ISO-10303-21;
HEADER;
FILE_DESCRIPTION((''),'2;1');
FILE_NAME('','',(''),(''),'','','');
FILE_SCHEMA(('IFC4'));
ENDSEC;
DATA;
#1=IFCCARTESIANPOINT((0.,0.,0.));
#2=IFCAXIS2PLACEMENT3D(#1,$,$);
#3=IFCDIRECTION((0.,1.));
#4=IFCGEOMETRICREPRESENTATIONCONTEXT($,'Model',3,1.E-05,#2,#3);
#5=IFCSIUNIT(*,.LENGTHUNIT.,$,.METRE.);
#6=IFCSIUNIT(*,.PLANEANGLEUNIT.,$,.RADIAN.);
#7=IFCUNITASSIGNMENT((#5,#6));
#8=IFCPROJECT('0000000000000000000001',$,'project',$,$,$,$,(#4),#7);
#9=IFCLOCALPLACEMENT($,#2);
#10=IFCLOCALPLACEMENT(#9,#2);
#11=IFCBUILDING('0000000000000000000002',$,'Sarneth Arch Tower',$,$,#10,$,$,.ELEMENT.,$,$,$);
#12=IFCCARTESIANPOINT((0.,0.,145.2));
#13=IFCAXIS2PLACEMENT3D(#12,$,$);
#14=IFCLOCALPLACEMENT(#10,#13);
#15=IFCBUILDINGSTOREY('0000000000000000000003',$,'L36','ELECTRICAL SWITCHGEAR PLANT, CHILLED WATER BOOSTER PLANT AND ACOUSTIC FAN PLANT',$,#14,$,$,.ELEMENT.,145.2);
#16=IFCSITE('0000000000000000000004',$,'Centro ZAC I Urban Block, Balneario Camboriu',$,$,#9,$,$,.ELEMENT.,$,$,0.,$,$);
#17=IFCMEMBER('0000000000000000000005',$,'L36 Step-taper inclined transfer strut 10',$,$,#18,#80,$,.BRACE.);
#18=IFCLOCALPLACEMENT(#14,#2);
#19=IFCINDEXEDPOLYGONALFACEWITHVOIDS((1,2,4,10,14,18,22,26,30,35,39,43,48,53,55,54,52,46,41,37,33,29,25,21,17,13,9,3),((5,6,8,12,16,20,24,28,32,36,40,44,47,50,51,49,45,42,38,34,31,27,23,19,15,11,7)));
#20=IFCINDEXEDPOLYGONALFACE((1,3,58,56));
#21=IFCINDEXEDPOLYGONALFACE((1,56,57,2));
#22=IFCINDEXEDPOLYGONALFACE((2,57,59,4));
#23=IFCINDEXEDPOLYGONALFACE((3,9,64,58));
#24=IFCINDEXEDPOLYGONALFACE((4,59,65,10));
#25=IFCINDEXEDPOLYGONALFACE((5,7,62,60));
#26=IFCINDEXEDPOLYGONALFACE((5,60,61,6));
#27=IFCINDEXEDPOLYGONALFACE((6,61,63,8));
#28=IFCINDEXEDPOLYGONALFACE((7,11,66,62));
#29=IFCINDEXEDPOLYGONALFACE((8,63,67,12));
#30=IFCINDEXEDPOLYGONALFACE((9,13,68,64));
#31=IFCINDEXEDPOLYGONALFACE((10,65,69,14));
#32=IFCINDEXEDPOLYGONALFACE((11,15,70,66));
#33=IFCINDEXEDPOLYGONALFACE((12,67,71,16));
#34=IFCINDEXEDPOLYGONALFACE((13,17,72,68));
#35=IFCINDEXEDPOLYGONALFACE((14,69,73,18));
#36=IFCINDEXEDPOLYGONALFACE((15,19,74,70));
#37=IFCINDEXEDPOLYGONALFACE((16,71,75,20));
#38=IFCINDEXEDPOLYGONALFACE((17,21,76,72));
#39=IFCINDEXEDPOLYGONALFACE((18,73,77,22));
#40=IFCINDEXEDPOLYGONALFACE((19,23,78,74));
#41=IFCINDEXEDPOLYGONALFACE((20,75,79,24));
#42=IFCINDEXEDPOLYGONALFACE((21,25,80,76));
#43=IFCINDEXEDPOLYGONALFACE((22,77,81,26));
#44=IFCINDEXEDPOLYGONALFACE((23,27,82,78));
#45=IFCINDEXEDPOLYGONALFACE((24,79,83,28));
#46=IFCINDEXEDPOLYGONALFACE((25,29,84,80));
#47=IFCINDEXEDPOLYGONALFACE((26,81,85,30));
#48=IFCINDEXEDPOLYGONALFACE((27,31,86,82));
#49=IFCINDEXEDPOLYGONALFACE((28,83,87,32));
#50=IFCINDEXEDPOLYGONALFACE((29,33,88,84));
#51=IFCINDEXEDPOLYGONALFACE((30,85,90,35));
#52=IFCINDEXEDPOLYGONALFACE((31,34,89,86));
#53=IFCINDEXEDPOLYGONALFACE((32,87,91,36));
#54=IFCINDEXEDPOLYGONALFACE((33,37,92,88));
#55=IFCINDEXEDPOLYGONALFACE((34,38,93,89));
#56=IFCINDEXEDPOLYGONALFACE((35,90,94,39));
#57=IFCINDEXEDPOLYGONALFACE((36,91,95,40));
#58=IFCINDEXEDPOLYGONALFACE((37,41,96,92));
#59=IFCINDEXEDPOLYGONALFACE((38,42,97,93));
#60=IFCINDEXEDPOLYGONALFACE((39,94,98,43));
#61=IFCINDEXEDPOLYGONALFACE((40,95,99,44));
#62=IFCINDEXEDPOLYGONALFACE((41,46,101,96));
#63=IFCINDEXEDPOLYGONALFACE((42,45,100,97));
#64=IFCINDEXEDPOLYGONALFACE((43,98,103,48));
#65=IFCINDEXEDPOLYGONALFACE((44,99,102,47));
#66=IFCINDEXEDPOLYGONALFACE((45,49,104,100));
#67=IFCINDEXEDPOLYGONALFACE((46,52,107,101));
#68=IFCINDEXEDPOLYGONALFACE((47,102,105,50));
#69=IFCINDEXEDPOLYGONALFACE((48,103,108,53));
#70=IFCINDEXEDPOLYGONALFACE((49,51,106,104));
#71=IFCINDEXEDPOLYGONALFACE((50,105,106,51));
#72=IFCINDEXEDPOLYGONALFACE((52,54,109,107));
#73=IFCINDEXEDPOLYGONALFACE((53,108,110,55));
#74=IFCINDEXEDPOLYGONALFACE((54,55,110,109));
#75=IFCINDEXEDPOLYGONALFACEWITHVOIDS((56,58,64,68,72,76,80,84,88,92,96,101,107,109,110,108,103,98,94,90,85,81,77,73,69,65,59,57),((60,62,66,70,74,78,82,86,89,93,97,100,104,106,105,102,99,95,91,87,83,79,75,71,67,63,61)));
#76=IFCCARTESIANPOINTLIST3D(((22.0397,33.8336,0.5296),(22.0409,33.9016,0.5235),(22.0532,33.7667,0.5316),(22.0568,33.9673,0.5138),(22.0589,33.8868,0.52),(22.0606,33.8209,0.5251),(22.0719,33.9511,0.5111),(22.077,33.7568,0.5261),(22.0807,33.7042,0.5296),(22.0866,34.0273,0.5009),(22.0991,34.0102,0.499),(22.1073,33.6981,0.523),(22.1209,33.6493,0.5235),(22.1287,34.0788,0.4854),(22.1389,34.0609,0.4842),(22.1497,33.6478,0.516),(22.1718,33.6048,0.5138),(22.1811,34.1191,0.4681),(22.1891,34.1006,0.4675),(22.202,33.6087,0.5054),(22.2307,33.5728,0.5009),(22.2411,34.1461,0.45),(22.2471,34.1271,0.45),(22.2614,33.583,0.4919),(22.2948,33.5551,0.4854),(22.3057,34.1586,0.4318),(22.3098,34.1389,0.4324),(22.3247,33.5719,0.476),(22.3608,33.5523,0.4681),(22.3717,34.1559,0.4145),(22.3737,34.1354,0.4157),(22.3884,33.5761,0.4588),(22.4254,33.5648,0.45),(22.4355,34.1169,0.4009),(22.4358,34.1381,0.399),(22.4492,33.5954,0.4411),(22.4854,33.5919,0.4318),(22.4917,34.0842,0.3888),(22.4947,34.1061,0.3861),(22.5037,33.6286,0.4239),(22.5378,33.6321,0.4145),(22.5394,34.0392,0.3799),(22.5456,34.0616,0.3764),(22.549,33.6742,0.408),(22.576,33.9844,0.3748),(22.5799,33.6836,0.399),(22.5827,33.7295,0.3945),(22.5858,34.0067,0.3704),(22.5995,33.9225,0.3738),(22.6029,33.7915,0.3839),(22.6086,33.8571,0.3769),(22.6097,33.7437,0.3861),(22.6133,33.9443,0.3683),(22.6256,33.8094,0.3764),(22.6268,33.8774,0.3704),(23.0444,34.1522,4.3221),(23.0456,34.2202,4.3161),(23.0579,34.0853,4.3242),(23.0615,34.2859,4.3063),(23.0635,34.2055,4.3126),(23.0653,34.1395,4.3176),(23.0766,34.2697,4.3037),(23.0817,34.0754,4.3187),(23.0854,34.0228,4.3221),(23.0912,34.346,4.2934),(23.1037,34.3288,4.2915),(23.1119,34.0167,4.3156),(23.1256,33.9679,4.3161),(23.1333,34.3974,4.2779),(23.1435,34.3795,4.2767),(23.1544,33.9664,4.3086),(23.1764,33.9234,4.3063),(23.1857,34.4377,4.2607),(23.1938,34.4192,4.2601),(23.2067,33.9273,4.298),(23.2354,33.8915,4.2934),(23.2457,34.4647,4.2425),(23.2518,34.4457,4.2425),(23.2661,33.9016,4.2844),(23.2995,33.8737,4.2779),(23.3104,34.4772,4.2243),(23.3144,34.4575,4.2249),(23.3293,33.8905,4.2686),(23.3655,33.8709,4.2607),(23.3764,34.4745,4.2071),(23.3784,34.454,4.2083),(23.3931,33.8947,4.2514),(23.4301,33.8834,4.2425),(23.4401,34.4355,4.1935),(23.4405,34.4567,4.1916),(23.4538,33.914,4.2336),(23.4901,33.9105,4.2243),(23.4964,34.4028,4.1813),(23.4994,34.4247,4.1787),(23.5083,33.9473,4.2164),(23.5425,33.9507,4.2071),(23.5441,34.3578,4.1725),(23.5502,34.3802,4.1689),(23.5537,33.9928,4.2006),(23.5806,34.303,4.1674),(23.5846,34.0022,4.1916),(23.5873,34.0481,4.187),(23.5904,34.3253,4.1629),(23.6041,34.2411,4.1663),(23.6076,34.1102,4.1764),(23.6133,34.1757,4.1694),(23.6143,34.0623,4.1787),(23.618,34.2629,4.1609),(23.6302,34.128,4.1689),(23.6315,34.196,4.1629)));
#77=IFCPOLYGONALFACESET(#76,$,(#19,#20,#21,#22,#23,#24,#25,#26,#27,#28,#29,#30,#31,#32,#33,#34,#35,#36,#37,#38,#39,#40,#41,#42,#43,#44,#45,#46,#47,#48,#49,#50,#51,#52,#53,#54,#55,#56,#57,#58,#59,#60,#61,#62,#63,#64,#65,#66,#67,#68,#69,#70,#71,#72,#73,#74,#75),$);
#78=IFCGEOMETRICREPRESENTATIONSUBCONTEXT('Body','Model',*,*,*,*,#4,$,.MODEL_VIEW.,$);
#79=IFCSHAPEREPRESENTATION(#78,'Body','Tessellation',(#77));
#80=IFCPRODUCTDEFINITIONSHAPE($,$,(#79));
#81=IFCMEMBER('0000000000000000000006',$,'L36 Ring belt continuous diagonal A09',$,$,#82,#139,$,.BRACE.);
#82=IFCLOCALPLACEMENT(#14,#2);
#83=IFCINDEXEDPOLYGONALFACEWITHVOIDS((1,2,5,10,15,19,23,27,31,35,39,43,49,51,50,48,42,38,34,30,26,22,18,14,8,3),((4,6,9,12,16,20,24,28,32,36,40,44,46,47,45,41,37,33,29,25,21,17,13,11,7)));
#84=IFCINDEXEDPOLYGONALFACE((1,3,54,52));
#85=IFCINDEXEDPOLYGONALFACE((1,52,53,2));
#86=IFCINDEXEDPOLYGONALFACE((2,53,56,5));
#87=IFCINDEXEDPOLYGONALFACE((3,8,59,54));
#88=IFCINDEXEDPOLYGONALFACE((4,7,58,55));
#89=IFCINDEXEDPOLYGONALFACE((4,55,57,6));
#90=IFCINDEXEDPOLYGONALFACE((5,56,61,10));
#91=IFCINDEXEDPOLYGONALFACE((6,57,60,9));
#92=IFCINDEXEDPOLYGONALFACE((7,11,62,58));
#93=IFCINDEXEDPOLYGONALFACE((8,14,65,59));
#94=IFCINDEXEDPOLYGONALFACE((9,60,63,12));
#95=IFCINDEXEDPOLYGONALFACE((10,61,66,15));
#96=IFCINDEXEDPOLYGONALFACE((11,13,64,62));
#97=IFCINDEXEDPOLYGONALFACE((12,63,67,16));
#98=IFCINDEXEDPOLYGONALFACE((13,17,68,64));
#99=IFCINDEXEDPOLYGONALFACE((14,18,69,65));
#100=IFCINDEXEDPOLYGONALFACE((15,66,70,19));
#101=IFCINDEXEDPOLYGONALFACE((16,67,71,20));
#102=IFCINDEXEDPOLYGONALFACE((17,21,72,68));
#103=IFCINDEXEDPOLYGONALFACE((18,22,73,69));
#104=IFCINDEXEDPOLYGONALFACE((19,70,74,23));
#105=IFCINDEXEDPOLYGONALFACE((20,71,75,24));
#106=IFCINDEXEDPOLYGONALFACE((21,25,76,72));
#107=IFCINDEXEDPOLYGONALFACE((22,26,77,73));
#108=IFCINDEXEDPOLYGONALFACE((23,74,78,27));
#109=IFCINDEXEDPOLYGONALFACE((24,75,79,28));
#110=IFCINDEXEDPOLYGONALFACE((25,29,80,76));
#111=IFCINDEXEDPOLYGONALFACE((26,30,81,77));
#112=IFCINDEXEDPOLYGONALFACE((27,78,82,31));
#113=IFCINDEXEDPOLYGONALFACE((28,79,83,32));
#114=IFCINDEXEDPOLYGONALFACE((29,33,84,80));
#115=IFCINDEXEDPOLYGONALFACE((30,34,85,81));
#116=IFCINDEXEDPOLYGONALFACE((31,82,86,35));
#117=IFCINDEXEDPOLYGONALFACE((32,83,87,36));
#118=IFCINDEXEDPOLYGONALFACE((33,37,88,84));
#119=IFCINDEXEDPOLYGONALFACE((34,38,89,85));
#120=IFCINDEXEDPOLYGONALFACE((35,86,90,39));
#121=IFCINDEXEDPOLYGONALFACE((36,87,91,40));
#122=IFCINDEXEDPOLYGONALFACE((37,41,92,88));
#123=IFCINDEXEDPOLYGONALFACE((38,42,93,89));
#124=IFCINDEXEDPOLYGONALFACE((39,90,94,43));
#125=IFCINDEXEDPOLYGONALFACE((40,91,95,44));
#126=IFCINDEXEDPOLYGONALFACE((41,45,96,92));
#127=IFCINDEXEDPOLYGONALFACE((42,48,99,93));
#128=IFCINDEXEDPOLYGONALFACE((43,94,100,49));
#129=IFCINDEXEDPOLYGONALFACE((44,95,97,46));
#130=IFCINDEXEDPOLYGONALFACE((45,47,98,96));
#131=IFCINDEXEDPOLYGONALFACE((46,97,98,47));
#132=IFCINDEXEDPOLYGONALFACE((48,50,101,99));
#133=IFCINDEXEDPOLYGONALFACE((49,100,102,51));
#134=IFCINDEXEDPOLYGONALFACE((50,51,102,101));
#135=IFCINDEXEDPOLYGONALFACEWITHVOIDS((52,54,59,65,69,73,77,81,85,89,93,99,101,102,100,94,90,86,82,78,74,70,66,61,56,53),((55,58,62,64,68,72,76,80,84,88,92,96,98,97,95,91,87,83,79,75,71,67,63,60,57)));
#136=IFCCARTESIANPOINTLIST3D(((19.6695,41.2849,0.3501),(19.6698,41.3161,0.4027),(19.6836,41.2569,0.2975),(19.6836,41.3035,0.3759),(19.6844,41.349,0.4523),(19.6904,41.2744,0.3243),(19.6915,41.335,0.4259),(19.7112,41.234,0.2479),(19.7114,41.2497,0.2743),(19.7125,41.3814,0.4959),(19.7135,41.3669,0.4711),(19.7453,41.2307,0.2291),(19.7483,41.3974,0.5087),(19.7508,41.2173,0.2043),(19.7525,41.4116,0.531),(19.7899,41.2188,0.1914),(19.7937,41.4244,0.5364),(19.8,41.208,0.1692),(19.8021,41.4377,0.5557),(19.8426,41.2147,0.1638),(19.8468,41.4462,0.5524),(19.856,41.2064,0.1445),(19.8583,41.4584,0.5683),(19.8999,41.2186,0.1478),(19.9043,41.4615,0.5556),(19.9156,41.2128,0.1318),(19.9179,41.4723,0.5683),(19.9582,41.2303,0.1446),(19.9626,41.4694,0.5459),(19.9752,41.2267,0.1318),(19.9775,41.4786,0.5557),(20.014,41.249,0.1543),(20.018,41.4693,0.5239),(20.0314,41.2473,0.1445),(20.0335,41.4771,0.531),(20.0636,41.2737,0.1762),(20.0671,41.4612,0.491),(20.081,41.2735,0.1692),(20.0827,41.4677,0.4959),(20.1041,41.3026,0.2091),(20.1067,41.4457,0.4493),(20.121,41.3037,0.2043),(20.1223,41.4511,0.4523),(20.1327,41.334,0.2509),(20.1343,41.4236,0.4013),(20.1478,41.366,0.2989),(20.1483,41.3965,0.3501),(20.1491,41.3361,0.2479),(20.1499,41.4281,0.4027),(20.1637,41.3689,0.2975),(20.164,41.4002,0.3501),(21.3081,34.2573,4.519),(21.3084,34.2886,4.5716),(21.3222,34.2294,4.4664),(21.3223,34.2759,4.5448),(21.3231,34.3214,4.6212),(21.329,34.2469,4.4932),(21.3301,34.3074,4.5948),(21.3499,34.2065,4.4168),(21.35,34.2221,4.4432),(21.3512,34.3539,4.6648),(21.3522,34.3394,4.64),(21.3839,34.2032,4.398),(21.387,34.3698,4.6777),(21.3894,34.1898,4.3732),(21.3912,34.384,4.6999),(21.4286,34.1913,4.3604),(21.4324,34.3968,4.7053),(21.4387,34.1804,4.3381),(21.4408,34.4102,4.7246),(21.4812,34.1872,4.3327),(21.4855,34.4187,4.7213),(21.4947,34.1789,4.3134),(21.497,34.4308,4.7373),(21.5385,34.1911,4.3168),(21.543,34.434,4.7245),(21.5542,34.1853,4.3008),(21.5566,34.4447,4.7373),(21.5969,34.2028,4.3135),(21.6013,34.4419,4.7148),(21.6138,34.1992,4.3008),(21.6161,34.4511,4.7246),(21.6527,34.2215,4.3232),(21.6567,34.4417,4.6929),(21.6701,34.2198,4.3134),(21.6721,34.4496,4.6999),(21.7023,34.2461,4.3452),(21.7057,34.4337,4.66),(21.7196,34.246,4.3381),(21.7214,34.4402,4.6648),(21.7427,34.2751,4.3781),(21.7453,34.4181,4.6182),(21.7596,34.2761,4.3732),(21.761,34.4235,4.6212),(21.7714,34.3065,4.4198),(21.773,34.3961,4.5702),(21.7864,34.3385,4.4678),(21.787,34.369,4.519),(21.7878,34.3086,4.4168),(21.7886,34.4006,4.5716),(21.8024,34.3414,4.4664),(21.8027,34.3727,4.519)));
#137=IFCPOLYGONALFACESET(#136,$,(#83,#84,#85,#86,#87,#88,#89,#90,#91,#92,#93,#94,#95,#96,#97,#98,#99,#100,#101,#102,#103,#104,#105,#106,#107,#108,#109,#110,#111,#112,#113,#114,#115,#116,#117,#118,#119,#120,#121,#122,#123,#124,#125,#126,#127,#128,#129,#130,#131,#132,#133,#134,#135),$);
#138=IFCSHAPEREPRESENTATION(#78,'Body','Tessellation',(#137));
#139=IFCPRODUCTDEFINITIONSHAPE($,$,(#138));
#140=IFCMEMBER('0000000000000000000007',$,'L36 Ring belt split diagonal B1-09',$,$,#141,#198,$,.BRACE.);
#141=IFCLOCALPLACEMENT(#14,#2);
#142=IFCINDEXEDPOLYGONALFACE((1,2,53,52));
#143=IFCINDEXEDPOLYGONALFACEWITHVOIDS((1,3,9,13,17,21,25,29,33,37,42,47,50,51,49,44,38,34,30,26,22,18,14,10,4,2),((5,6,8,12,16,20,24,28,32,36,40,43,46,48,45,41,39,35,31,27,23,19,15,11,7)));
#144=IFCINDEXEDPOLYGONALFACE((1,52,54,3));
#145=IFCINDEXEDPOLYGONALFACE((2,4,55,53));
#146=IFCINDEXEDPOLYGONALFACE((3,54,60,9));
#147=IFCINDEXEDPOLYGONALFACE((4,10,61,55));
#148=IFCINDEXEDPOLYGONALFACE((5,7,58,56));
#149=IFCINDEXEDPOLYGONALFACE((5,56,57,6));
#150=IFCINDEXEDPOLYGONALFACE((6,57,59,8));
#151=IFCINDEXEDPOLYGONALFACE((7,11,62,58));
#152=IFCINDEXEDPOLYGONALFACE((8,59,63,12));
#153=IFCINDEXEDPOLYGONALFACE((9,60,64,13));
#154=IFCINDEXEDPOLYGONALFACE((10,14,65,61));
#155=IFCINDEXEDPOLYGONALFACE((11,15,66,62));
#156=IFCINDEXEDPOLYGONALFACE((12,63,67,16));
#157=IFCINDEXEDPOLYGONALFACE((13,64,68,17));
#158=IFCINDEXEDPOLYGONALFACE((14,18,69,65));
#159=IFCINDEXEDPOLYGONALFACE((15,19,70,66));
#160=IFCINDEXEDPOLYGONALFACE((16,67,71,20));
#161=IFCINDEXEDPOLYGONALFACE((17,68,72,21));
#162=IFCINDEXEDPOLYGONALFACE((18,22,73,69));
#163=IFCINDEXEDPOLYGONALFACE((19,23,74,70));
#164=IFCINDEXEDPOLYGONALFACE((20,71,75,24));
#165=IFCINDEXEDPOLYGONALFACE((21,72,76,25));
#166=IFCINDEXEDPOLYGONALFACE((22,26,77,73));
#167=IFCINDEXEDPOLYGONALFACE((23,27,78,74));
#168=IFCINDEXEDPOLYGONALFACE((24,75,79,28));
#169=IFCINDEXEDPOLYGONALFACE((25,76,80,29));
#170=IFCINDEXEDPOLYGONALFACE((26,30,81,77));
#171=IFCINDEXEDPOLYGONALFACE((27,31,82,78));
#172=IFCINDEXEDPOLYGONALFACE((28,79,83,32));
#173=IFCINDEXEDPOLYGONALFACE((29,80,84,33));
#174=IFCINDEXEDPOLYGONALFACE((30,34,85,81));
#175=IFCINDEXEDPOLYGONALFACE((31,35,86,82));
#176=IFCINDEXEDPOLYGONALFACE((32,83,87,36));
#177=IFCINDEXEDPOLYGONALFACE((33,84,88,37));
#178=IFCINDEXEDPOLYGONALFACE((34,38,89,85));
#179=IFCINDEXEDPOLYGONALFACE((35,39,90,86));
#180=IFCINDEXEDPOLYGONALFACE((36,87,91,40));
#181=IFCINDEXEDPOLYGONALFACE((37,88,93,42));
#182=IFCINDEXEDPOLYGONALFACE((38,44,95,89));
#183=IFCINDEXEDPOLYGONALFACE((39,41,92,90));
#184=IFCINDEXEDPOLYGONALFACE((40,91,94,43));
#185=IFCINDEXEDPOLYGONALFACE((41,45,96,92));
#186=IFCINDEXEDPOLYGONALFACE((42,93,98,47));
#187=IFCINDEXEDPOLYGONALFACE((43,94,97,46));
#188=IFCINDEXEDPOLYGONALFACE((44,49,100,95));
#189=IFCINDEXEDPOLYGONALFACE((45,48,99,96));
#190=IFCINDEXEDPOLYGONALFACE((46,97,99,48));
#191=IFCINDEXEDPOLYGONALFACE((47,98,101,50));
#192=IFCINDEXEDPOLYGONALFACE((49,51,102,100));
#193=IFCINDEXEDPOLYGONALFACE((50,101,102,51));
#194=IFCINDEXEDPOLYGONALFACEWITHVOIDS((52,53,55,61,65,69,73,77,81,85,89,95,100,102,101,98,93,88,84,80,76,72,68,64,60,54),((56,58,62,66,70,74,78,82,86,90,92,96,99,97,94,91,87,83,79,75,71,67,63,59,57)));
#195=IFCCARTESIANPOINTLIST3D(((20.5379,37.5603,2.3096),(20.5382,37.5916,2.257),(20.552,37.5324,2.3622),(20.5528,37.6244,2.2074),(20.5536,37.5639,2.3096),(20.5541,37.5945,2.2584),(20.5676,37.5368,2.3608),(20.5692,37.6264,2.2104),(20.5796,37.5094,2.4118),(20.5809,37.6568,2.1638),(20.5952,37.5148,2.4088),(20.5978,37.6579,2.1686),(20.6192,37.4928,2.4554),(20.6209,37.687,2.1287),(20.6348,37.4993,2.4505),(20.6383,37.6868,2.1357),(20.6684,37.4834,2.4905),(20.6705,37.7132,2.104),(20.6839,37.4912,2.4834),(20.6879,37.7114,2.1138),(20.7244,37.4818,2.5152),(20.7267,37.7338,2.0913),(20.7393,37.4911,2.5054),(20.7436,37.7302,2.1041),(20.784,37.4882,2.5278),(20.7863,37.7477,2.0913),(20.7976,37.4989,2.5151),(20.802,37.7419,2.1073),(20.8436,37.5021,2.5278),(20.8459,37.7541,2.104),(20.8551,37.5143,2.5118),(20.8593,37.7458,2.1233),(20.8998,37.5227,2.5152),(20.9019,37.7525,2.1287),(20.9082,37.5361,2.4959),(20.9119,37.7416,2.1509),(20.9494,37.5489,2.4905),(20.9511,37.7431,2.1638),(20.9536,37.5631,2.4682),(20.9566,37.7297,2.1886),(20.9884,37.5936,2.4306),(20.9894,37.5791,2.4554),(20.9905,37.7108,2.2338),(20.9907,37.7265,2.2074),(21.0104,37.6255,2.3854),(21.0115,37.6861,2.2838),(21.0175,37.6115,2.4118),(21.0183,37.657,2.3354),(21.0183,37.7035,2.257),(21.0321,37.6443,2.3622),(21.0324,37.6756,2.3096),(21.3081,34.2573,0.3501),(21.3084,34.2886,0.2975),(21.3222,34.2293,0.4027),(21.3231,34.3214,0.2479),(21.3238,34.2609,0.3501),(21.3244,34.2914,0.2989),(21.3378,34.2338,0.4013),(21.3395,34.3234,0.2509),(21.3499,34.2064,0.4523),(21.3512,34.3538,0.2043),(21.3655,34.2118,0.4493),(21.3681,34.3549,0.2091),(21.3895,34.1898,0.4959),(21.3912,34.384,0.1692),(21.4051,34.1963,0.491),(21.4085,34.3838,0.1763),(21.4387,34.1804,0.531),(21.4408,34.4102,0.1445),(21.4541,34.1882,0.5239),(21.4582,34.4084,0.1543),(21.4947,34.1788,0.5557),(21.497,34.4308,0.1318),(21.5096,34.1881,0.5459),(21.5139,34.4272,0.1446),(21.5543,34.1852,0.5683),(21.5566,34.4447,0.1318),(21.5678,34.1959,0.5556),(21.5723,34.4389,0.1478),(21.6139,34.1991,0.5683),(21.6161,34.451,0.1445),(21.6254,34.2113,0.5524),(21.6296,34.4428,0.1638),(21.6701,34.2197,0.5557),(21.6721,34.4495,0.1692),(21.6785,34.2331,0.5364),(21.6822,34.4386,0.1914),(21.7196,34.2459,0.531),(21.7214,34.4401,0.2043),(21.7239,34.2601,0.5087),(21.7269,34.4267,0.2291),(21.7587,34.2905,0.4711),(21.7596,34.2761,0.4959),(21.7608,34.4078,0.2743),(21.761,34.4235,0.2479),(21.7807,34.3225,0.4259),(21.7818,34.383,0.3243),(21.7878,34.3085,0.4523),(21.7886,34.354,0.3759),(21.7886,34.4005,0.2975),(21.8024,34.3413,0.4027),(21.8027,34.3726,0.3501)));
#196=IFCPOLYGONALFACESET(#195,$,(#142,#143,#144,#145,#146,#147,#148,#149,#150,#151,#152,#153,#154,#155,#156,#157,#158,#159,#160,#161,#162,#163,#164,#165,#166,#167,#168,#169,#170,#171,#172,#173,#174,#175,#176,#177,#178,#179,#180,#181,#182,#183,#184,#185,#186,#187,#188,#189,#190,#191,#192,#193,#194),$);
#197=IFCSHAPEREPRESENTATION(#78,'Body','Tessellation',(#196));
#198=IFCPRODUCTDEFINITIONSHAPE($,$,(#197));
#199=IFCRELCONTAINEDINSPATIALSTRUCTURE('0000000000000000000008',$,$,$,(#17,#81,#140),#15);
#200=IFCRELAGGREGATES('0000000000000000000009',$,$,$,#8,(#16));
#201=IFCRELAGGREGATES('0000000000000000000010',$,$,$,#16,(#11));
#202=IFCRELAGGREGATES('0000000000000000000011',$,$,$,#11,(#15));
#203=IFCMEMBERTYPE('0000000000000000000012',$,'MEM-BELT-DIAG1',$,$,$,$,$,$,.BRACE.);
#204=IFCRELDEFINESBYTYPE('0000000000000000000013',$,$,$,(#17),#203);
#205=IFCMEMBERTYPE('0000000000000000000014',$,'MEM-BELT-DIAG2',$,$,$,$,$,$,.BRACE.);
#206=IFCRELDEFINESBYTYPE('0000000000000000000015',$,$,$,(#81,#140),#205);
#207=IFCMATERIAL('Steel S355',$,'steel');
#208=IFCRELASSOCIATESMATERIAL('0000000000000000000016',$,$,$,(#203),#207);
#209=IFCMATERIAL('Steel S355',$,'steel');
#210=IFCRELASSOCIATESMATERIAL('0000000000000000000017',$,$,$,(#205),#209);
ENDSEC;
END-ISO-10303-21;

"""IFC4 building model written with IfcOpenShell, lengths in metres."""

from ifc_helpers import new_model, si_unit, direction, frame, origin, origin_2d, place, context, subcontext, project, spatial, hollow_circle, extrude, material, material_profile, profile_set, type_object, element, save


model = new_model("IFC4")

# Units and contexts
model_context = context("Model", 3, precision=1e-05, world=origin(), true_north=direction((0.0, 1.0)))
body_context = subcontext(model_context, "Body", "Model", "MODEL_VIEW")
ifc_project = project(units=[si_unit("LENGTHUNIT", "METRE"), si_unit("PLANEANGLEUNIT", "RADIAN")], contexts=[model_context])

# Site, building, storey
site_placement = place(None, origin())
site = spatial("IfcSite", under=ifc_project, at=site_placement, Name="Centro ZAC I Urban Block, Balneario Camboriu", CompositionType="ELEMENT", RefElevation=0.0)
building_placement = place(site_placement, origin())
building = spatial("IfcBuilding", under=site, at=building_placement, Name="Sarneth Arch Tower", CompositionType="ELEMENT")
storey_placement = place(building_placement, frame((0.0, 0.0, 145.2)))
storey = spatial("IfcBuildingStorey", under=building, at=storey_placement, Name="L36", Description="ELECTRICAL SWITCHGEAR PLANT, CHILLED WATER BOOSTER PLANT AND ACOUSTIC FAN PLANT", CompositionType="ELEMENT", Elevation=145.2)

# Members
ifc_material_1 = material(Name="Steel S355", Category="steel")
ifc_material_profile_1 = material_profile(ifc_material_1, hollow_circle(Radius=0.3049, WallThickness=0.02, at=origin_2d()), Name="CHS610x20")
ifc_profile_set_1 = profile_set([ifc_material_profile_1], Name="Steel S355")
member_type_1 = type_object("IfcMemberType", Name="MEM-BELT-DIAG1", PredefinedType="BRACE", material=ifc_profile_set_1)
member_1_placement = place(storey_placement, frame((22.3333, 33.8555, 0.45), z_axis=(0.25523, 0.080942, 0.963486), x_axis=(-0.302295, 0.953214, 0.0)))
element("IfcMember", 1, at=member_1_placement, inside=storey, type_object=member_type_1, Name="L36 Step-taper inclined transfer strut 10", PredefinedType="BRACE", context=body_context, shape_type="SweptSolid", body=[
    extrude(hollow_circle(Radius=0.3049, WallThickness=0.02, at=origin_2d()), origin(), (0.0, 0.0, 1.0), 3.9363),
])
ifc_material_2 = material(Name="Steel S355", Category="steel")
ifc_material_profile_2 = material_profile(ifc_material_2, hollow_circle(Radius=0.2539, WallThickness=0.0161, at=origin_2d()), Name="CHS508x16")
ifc_profile_set_2 = profile_set([ifc_material_profile_2], Name="Steel S355")
member_type_2 = type_object("IfcMemberType", Name="MEM-BELT-DIAG2", PredefinedType="BRACE", material=ifc_profile_set_2)
member_2_placement = place(storey_placement, frame((19.9167, 41.3425, 0.3501), z_axis=(0.196629, -0.843263, 0.500245), x_axis=(0.973875, 0.227085, 0.0)))
element("IfcMember", 2, at=member_2_placement, inside=storey, type_object=member_type_2, Name="L36 Ring belt continuous diagonal A09", PredefinedType="BRACE", context=body_context, shape_type="SweptSolid", body=[
    extrude(hollow_circle(Radius=0.2539, WallThickness=0.0161, at=origin_2d()), origin(), (0.0, 0.0, 1.0), 8.3337),
])
for number, where, z_axis, x_axis, name in (
    (3, (21.5554, 34.3149, 0.3501), (-0.196649, 0.843252, 0.500255), (-0.973869, -0.227109, 0.0), "L36 Ring belt split diagonal B1-09"),
):
    element("IfcMember", number, at=place(storey_placement, frame(where, z_axis=z_axis, x_axis=x_axis)), inside=storey, type_object=member_type_2, Name=name, PredefinedType="BRACE", context=body_context, shape_type="SweptSolid", body=[
        extrude(hollow_circle(Radius=0.2539, WallThickness=0.0161, at=origin_2d()), origin(), (0.0, 0.0, 1.0), 3.917),
    ])

save(model, "model.ifc")
